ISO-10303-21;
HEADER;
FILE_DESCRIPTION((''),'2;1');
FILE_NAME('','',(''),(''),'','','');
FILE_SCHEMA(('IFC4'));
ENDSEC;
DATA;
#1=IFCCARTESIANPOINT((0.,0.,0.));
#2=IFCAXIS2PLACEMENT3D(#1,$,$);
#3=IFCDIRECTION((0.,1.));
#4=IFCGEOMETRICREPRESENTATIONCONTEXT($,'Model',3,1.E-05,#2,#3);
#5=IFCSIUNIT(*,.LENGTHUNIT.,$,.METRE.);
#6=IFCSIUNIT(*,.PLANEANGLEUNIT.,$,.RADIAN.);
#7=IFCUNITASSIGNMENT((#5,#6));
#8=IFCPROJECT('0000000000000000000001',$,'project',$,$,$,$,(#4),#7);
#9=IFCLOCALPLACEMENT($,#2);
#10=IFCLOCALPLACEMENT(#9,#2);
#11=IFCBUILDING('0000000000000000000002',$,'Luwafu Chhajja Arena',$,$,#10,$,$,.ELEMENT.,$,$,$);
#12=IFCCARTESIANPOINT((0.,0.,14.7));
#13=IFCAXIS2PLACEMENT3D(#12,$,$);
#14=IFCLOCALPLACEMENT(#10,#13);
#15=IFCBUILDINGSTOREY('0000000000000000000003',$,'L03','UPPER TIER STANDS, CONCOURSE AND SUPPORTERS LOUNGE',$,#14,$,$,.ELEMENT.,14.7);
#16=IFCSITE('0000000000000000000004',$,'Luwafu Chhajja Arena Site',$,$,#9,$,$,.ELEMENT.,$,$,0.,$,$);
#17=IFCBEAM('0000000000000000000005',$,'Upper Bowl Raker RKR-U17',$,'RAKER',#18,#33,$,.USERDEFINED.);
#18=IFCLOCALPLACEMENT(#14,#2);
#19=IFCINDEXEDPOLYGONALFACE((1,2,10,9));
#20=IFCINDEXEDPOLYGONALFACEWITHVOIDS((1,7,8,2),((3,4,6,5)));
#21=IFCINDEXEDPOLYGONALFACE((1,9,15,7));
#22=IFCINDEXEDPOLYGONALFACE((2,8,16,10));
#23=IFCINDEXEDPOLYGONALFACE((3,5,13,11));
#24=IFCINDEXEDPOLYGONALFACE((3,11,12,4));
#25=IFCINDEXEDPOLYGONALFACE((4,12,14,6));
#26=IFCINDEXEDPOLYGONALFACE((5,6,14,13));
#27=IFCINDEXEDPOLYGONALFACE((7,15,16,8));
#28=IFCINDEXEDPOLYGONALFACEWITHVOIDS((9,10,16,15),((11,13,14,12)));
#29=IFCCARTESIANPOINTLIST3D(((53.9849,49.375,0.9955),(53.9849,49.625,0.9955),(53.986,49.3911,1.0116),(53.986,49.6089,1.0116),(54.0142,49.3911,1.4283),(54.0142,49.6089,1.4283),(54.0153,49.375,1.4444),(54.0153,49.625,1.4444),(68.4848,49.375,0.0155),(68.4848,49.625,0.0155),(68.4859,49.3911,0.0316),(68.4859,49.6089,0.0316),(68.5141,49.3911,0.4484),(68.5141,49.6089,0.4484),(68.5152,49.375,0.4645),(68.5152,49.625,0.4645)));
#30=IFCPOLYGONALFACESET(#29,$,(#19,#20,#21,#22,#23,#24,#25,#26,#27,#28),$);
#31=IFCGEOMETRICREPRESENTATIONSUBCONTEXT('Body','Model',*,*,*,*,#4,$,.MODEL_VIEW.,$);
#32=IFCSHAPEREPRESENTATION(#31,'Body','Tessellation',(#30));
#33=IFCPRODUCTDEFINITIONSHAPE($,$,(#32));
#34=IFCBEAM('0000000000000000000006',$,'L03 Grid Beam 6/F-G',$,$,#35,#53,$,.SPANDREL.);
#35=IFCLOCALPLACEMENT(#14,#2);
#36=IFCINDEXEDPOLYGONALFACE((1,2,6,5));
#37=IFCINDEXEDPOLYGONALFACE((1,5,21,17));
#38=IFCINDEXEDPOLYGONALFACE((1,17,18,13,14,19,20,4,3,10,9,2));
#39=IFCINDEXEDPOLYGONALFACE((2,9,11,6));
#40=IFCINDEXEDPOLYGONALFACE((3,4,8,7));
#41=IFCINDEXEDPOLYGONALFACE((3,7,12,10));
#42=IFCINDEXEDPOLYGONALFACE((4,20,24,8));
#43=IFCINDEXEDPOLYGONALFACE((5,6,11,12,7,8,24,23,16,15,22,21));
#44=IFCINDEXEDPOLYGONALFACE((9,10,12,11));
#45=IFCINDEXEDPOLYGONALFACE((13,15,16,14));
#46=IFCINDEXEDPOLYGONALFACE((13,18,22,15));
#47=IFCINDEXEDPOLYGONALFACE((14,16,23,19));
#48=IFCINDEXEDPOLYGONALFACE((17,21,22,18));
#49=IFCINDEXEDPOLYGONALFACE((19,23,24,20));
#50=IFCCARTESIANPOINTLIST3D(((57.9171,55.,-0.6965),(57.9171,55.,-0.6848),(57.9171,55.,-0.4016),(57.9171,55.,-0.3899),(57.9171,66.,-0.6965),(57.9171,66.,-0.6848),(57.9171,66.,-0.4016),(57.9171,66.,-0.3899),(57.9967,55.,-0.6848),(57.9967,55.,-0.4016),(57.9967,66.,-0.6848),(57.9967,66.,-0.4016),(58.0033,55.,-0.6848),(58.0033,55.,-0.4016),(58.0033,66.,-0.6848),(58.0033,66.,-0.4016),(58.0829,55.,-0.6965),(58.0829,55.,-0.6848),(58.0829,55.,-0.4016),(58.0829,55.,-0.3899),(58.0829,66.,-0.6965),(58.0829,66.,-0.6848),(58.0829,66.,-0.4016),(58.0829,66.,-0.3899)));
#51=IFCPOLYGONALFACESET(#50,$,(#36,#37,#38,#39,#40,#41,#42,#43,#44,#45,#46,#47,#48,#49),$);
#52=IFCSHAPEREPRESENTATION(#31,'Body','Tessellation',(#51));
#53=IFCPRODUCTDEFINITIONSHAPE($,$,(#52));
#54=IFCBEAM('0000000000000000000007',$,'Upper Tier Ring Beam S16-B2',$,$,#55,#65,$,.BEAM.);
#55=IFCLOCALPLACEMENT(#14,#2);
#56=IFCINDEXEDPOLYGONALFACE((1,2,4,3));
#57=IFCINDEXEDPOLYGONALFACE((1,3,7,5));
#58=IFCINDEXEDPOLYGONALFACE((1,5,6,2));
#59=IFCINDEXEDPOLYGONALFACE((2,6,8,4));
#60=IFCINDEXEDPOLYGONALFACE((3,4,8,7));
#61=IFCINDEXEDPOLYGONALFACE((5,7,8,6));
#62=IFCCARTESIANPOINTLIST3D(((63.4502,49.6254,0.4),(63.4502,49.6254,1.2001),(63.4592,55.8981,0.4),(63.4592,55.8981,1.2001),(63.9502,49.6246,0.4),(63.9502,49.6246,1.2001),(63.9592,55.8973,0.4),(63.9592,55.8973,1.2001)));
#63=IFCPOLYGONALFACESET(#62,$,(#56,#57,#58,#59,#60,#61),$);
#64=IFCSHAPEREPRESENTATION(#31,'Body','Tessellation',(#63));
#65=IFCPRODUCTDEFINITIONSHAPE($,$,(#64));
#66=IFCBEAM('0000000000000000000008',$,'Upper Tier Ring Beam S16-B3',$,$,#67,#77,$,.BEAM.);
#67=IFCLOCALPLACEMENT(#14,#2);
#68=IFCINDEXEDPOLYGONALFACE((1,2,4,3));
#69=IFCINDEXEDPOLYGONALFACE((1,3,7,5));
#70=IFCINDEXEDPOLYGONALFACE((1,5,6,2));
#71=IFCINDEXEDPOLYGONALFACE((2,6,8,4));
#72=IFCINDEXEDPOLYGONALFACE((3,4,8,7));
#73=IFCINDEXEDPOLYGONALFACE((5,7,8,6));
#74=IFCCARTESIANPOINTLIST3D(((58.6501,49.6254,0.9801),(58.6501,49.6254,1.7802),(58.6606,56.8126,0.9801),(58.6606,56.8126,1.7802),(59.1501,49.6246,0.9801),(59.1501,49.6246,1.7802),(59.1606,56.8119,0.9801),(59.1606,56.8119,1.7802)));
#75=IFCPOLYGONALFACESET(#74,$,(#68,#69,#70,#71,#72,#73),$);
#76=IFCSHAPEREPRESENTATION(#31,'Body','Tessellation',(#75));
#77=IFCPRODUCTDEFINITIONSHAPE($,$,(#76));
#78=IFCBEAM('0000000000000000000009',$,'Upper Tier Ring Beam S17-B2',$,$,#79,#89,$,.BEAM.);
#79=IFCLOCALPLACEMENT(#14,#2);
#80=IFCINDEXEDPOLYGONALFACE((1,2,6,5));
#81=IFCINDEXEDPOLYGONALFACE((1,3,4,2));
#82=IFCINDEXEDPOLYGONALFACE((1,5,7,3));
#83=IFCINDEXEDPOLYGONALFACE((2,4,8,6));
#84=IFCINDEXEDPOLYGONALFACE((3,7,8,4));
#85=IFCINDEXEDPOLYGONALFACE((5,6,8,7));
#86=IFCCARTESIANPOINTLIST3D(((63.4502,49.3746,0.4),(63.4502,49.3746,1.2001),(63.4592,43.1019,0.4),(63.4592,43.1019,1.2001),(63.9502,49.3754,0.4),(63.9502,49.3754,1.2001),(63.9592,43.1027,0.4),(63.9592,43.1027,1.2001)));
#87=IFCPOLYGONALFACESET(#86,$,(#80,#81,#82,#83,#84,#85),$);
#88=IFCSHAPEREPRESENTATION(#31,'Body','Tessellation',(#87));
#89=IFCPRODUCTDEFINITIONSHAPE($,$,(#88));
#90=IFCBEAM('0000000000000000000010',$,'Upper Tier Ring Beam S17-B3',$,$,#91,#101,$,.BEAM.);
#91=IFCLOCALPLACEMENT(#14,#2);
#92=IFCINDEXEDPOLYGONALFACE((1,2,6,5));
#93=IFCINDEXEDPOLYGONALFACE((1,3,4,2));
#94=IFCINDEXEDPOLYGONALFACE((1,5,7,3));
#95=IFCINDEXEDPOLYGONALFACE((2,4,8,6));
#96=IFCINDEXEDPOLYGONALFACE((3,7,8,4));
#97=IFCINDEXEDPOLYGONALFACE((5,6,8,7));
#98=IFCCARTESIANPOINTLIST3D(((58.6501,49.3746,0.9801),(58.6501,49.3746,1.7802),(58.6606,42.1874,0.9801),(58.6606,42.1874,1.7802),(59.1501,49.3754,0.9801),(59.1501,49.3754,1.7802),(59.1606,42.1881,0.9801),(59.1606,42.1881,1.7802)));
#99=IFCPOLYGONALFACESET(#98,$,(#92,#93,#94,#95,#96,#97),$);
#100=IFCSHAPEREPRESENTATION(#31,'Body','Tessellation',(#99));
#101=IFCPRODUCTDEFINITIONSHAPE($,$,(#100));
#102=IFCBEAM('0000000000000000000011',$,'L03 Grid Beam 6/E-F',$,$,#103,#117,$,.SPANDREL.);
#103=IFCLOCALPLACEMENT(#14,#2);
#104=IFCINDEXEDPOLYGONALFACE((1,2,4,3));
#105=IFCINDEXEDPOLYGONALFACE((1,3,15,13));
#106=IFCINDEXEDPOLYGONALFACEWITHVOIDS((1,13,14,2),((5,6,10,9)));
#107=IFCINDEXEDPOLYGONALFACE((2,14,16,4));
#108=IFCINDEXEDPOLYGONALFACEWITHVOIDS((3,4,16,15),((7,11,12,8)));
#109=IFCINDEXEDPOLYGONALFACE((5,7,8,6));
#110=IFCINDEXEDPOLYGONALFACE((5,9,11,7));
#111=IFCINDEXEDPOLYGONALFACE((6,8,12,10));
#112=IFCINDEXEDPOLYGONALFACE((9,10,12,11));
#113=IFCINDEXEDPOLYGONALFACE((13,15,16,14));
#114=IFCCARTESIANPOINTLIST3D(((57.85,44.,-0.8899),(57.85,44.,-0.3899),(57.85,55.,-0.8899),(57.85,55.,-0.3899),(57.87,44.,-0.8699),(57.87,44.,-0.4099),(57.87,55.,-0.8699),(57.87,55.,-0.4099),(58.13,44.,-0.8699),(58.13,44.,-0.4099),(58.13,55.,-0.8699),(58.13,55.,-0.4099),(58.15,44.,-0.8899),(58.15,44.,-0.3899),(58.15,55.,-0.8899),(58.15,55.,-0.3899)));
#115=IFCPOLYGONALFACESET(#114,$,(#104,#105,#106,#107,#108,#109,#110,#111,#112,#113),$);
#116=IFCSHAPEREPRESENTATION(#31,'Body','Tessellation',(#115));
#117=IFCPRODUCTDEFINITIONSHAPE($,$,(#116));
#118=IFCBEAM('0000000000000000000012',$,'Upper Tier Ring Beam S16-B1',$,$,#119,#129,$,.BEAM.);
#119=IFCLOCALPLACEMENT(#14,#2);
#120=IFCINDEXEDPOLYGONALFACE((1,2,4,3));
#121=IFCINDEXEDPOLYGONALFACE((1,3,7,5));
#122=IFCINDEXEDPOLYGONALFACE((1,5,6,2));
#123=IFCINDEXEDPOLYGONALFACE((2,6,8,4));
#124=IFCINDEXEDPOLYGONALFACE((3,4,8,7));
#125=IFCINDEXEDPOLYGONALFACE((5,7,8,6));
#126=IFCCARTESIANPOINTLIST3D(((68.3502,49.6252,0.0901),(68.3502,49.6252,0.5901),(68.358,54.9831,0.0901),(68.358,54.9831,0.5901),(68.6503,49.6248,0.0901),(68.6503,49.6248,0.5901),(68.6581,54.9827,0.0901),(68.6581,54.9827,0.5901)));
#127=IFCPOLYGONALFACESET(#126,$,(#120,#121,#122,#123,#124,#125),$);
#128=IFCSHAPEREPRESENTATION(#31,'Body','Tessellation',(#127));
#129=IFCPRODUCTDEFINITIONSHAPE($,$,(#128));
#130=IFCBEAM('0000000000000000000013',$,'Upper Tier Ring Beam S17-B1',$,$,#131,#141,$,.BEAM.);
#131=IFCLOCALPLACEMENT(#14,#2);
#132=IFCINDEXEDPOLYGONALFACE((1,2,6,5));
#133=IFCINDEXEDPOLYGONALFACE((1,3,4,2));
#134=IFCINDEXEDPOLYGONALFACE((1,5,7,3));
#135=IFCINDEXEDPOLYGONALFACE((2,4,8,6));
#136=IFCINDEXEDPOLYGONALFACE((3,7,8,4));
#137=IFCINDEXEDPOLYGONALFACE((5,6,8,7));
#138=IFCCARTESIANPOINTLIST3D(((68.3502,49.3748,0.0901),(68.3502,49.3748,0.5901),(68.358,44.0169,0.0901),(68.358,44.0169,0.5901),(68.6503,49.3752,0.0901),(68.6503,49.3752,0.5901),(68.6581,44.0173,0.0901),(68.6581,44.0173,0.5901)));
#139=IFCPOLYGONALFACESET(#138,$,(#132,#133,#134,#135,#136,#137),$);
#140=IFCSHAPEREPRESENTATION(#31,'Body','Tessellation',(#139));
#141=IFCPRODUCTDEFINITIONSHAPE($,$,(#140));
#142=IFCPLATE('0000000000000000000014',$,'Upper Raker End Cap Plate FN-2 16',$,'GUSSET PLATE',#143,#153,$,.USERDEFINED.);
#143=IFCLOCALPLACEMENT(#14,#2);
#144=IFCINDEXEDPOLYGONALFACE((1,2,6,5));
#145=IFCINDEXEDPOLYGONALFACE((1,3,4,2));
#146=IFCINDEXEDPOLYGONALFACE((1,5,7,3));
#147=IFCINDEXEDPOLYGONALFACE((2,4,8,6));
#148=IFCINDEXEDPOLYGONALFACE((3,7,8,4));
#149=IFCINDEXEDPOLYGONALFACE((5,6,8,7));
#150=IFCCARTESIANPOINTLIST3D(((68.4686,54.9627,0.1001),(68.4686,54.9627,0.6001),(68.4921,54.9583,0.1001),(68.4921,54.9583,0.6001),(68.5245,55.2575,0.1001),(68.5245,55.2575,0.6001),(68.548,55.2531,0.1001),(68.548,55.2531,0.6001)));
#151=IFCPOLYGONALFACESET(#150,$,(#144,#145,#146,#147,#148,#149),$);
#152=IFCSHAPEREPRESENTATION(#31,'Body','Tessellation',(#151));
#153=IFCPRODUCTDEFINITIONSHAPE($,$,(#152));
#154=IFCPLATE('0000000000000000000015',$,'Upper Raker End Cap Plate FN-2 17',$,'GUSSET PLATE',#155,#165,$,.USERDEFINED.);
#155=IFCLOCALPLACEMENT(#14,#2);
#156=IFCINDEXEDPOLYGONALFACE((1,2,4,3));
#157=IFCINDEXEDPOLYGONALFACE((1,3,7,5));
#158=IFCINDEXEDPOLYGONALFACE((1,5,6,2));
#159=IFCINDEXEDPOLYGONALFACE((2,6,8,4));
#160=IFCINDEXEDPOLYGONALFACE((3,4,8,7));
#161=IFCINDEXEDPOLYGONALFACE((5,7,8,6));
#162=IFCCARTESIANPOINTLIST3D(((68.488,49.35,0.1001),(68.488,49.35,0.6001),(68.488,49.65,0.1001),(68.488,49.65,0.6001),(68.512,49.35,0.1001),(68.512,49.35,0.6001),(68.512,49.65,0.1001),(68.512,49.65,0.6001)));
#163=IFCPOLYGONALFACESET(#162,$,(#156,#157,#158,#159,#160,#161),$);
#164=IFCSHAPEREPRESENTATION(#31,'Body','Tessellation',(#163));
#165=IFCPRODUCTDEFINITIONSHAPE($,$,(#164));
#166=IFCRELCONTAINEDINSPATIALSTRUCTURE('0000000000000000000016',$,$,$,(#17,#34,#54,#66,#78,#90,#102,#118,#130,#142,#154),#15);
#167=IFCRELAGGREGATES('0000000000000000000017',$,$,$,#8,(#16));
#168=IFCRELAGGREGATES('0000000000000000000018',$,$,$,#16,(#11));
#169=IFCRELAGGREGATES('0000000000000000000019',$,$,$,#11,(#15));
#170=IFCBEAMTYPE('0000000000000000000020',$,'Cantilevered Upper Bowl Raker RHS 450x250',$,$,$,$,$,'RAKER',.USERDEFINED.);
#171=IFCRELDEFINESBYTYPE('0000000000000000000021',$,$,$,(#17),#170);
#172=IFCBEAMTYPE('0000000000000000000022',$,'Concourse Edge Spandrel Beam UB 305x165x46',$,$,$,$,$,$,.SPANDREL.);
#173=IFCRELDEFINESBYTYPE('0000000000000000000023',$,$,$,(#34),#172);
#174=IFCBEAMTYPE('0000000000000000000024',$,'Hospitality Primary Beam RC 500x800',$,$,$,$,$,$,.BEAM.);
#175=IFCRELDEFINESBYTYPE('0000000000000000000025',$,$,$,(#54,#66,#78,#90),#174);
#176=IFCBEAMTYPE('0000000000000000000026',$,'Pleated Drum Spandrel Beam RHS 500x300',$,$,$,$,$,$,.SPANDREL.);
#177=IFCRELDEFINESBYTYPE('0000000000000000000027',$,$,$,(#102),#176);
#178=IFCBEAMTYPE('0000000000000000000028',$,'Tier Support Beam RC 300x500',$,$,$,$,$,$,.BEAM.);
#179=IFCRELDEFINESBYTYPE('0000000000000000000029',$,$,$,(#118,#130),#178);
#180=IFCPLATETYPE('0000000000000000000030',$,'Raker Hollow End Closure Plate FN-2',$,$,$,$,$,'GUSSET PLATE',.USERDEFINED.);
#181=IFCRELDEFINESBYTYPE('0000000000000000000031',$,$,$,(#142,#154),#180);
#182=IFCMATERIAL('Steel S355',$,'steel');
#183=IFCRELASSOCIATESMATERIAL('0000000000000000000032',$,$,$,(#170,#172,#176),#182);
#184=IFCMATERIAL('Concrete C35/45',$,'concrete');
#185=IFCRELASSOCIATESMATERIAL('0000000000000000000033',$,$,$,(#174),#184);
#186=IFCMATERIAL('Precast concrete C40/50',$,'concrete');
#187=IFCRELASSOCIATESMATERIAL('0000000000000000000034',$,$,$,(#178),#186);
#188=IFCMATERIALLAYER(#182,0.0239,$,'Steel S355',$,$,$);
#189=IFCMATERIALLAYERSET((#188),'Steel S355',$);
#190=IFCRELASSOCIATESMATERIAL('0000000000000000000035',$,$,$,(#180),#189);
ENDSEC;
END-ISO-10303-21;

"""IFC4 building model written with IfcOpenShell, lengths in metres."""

from ifc_helpers import new_model, si_unit, direction, frame, origin, origin_2d, place, context, subcontext, project, spatial, rectangle, hollow_rectangle, i_section, extrude, material, layer, layer_set, material_profile, profile_set, type_object, element, save


model = new_model("IFC4")

# Units and contexts
model_context = context("Model", 3, precision=1e-05, world=origin(), true_north=direction((0.0, 1.0)))
body_context = subcontext(model_context, "Body", "Model", "MODEL_VIEW")
ifc_project = project(units=[si_unit("LENGTHUNIT", "METRE"), si_unit("PLANEANGLEUNIT", "RADIAN")], contexts=[model_context])

# Site, building, storey
site_placement = place(None, origin())
site = spatial("IfcSite", under=ifc_project, at=site_placement, Name="Luwafu Chhajja Arena Site", CompositionType="ELEMENT", RefElevation=0.0)
building_placement = place(site_placement, origin())
building = spatial("IfcBuilding", under=site, at=building_placement, Name="Luwafu Chhajja Arena", CompositionType="ELEMENT")
storey_placement = place(building_placement, frame((0.0, 0.0, 14.7)))
storey = spatial("IfcBuildingStorey", under=building, at=storey_placement, Name="L03", Description="UPPER TIER STANDS, CONCOURSE AND SUPPORTERS LOUNGE", CompositionType="ELEMENT", Elevation=14.7)

# Shared definitions
ifc_material_1 = material(Name="Concrete C35/45", Category="concrete")
ifc_material_2 = material(Name="Steel S355", Category="steel")

# Beams
ifc_material_profile_1 = material_profile(ifc_material_2, hollow_rectangle(XDim=0.25, YDim=0.45, WallThickness=0.0161, at=origin_2d()), Name="RHS 450x250x16")
ifc_profile_set_1 = profile_set([ifc_material_profile_1], Name="Steel S355")
beam_type_1 = type_object("IfcBeamType", Name="Cantilevered Upper Bowl Raker RHS 450x250", ElementType="RAKER", PredefinedType="USERDEFINED", material=ifc_profile_set_1)
beam_1_placement = place(storey_placement, frame((68.5, 49.5, 0.24), z_axis=(-0.997724, 0.0, 0.067431), x_axis=(0.0, -1.0, 0.0)))
element("IfcBeam", 1, at=beam_1_placement, inside=storey, type_object=beam_type_1, Name="Upper Bowl Raker RKR-U17", ObjectType="RAKER", PredefinedType="USERDEFINED", context=body_context, shape_type="SweptSolid", body=[
    extrude(hollow_rectangle(XDim=0.25, YDim=0.45, WallThickness=0.0161, at=origin_2d()), origin(), (0.0, 0.0, 1.0), 14.533),
])
ifc_material_profile_2 = material_profile(ifc_material_2, i_section(OverallWidth=0.1658, OverallDepth=0.3066, WebThickness=0.0066, FlangeThickness=0.0117, at=origin_2d()), Name="UB 305x165x46")
ifc_profile_set_2 = profile_set([ifc_material_profile_2], Name="Steel S355")
beam_type_2 = type_object("IfcBeamType", Name="Concourse Edge Spandrel Beam UB 305x165x46", PredefinedType="SPANDREL", material=ifc_profile_set_2)
beam_2_placement = place(storey_placement, frame((58.0, 55.0, -0.5432), z_axis=(0.0, 1.0, 0.0), x_axis=(-1.0, 0.0, 0.0)))
element("IfcBeam", 2, at=beam_2_placement, inside=storey, type_object=beam_type_2, Name="L03 Grid Beam 6/F-G", PredefinedType="SPANDREL", context=body_context, shape_type="SweptSolid", body=[
    extrude(i_section(OverallWidth=0.1658, OverallDepth=0.3066, WebThickness=0.0066, FlangeThickness=0.0117, at=origin_2d()), origin(), (0.0, 0.0, 1.0), 11.0),
])
ifc_material_profile_3 = material_profile(ifc_material_1, rectangle(XDim=0.5, YDim=0.8, at=origin_2d()), Name="RC 500x800")
ifc_profile_set_3 = profile_set([ifc_material_profile_3], Name="Concrete C35/45")
beam_type_3 = type_object("IfcBeamType", Name="Hospitality Primary Beam RC 500x800", PredefinedType="BEAM", material=ifc_profile_set_3)
beam_3_placement = place(storey_placement, frame((63.7092, 55.8977, 0.8), z_axis=(-0.00144, -0.999999, 0.0), x_axis=(0.999999, -0.00144, 0.0)))
element("IfcBeam", 3, at=beam_3_placement, inside=storey, type_object=beam_type_3, Name="Upper Tier Ring Beam S16-B2", PredefinedType="BEAM", context=body_context, shape_type="SweptSolid", body=[
    extrude(rectangle(XDim=0.5, YDim=0.8, at=origin_2d()), origin(), (0.0, 0.0, 1.0), 6.2727),
])
beam_4_placement = place(storey_placement, frame((58.9106, 56.8123, 1.3801), z_axis=(-0.001461, -0.999999, 0.0), x_axis=(0.999999, -0.001461, 0.0)))
element("IfcBeam", 4, at=beam_4_placement, inside=storey, type_object=beam_type_3, Name="Upper Tier Ring Beam S16-B3", PredefinedType="BEAM", context=body_context, shape_type="SweptSolid", body=[
    extrude(rectangle(XDim=0.5, YDim=0.8, at=origin_2d()), origin(), (0.0, 0.0, 1.0), 7.1873),
])
beam_5_placement = place(storey_placement, frame((63.7002, 49.375, 0.8), z_axis=(0.00144, -0.999999, 0.0), x_axis=(0.999999, 0.00144, 0.0)))
element("IfcBeam", 5, at=beam_5_placement, inside=storey, type_object=beam_type_3, Name="Upper Tier Ring Beam S17-B2", PredefinedType="BEAM", context=body_context, shape_type="SweptSolid", body=[
    extrude(rectangle(XDim=0.5, YDim=0.8, at=origin_2d()), origin(), (0.0, 0.0, 1.0), 6.2727),
])
beam_6_placement = place(storey_placement, frame((58.9001, 49.375, 1.3801), z_axis=(0.001461, -0.999999, 0.0), x_axis=(0.999999, 0.001461, 0.0)))
element("IfcBeam", 6, at=beam_6_placement, inside=storey, type_object=beam_type_3, Name="Upper Tier Ring Beam S17-B3", PredefinedType="BEAM", context=body_context, shape_type="SweptSolid", body=[
    extrude(rectangle(XDim=0.5, YDim=0.8, at=origin_2d()), origin(), (0.0, 0.0, 1.0), 7.1873),
])
ifc_material_profile_4 = material_profile(ifc_material_2, hollow_rectangle(XDim=0.3, YDim=0.5, WallThickness=0.02, at=origin_2d()), Name="RHS 500x300x20")
ifc_profile_set_4 = profile_set([ifc_material_profile_4], Name="Steel S355")
beam_type_4 = type_object("IfcBeamType", Name="Pleated Drum Spandrel Beam RHS 500x300", PredefinedType="SPANDREL", material=ifc_profile_set_4)
beam_7_placement = place(storey_placement, frame((58.0, 44.0, -0.6399), z_axis=(0.0, 1.0, 0.0), x_axis=(-1.0, 0.0, 0.0)))
element("IfcBeam", 7, at=beam_7_placement, inside=storey, type_object=beam_type_4, Name="L03 Grid Beam 6/E-F", PredefinedType="SPANDREL", context=body_context, shape_type="SweptSolid", body=[
    extrude(hollow_rectangle(XDim=0.3, YDim=0.5, WallThickness=0.02, at=origin_2d()), origin(), (0.0, 0.0, 1.0), 11.0),
])
ifc_material_3 = material(Name="Precast concrete C40/50", Category="concrete")
ifc_material_profile_5 = material_profile(ifc_material_3, rectangle(XDim=0.3, YDim=0.5, at=origin_2d()), Name="RC 300x500")
ifc_profile_set_5 = profile_set([ifc_material_profile_5], Name="Precast concrete C40/50")
beam_type_5 = type_object("IfcBeamType", Name="Tier Support Beam RC 300x500", PredefinedType="BEAM", material=ifc_profile_set_5)
for number, where, z_axis, x_axis, name in (
    (8, (68.5081, 54.9829, 0.3401), (-0.001458, -0.999999, 0.0), (0.999999, -0.001458, 0.0), "Upper Tier Ring Beam S16-B1"),
    (9, (68.5002, 49.375, 0.3401), (0.001458, -0.999999, 0.0), (0.999999, 0.001458, 0.0), "Upper Tier Ring Beam S17-B1"),
):
    element("IfcBeam", number, at=place(storey_placement, frame(where, z_axis=z_axis, x_axis=x_axis)), inside=storey, type_object=beam_type_5, Name=name, PredefinedType="BEAM", context=body_context, shape_type="SweptSolid", body=[
        extrude(rectangle(XDim=0.3, YDim=0.5, at=origin_2d()), origin(), (0.0, 0.0, 1.0), 5.3579),
    ])

# Plates
ifc_layer = layer(ifc_material_2, 0.0239, Name="Steel S355")
ifc_layer_set = layer_set([ifc_layer], Name="Steel S355")
plate_type = type_object("IfcPlateType", Name="Raker Hollow End Closure Plate FN-2", ElementType="GUSSET PLATE", PredefinedType="USERDEFINED", material=ifc_layer_set)
for number, where, z_axis, x_axis, name in (
    (10, (68.5083, 55.1079, 0.1001), (0.0, 0.0, 1.0), (-0.982548, 0.186009, 0.0), "Upper Raker End Cap Plate FN-2 16"),
    (11, (68.5, 49.5, 0.1001), (0.0, 0.0, 1.0), (-1.0, 0.0, 0.0), "Upper Raker End Cap Plate FN-2 17"),
):
    element("IfcPlate", number, at=place(storey_placement, frame(where, z_axis=z_axis, x_axis=x_axis)), inside=storey, type_object=plate_type, Name=name, ObjectType="GUSSET PLATE", PredefinedType="USERDEFINED", context=body_context, shape_type="SweptSolid", body=[
        extrude(rectangle(XDim=0.0239, YDim=0.3, at=origin_2d()), origin(), (0.0, 0.0, 1.0), 0.5),
    ])

save(model, "model.ifc")
